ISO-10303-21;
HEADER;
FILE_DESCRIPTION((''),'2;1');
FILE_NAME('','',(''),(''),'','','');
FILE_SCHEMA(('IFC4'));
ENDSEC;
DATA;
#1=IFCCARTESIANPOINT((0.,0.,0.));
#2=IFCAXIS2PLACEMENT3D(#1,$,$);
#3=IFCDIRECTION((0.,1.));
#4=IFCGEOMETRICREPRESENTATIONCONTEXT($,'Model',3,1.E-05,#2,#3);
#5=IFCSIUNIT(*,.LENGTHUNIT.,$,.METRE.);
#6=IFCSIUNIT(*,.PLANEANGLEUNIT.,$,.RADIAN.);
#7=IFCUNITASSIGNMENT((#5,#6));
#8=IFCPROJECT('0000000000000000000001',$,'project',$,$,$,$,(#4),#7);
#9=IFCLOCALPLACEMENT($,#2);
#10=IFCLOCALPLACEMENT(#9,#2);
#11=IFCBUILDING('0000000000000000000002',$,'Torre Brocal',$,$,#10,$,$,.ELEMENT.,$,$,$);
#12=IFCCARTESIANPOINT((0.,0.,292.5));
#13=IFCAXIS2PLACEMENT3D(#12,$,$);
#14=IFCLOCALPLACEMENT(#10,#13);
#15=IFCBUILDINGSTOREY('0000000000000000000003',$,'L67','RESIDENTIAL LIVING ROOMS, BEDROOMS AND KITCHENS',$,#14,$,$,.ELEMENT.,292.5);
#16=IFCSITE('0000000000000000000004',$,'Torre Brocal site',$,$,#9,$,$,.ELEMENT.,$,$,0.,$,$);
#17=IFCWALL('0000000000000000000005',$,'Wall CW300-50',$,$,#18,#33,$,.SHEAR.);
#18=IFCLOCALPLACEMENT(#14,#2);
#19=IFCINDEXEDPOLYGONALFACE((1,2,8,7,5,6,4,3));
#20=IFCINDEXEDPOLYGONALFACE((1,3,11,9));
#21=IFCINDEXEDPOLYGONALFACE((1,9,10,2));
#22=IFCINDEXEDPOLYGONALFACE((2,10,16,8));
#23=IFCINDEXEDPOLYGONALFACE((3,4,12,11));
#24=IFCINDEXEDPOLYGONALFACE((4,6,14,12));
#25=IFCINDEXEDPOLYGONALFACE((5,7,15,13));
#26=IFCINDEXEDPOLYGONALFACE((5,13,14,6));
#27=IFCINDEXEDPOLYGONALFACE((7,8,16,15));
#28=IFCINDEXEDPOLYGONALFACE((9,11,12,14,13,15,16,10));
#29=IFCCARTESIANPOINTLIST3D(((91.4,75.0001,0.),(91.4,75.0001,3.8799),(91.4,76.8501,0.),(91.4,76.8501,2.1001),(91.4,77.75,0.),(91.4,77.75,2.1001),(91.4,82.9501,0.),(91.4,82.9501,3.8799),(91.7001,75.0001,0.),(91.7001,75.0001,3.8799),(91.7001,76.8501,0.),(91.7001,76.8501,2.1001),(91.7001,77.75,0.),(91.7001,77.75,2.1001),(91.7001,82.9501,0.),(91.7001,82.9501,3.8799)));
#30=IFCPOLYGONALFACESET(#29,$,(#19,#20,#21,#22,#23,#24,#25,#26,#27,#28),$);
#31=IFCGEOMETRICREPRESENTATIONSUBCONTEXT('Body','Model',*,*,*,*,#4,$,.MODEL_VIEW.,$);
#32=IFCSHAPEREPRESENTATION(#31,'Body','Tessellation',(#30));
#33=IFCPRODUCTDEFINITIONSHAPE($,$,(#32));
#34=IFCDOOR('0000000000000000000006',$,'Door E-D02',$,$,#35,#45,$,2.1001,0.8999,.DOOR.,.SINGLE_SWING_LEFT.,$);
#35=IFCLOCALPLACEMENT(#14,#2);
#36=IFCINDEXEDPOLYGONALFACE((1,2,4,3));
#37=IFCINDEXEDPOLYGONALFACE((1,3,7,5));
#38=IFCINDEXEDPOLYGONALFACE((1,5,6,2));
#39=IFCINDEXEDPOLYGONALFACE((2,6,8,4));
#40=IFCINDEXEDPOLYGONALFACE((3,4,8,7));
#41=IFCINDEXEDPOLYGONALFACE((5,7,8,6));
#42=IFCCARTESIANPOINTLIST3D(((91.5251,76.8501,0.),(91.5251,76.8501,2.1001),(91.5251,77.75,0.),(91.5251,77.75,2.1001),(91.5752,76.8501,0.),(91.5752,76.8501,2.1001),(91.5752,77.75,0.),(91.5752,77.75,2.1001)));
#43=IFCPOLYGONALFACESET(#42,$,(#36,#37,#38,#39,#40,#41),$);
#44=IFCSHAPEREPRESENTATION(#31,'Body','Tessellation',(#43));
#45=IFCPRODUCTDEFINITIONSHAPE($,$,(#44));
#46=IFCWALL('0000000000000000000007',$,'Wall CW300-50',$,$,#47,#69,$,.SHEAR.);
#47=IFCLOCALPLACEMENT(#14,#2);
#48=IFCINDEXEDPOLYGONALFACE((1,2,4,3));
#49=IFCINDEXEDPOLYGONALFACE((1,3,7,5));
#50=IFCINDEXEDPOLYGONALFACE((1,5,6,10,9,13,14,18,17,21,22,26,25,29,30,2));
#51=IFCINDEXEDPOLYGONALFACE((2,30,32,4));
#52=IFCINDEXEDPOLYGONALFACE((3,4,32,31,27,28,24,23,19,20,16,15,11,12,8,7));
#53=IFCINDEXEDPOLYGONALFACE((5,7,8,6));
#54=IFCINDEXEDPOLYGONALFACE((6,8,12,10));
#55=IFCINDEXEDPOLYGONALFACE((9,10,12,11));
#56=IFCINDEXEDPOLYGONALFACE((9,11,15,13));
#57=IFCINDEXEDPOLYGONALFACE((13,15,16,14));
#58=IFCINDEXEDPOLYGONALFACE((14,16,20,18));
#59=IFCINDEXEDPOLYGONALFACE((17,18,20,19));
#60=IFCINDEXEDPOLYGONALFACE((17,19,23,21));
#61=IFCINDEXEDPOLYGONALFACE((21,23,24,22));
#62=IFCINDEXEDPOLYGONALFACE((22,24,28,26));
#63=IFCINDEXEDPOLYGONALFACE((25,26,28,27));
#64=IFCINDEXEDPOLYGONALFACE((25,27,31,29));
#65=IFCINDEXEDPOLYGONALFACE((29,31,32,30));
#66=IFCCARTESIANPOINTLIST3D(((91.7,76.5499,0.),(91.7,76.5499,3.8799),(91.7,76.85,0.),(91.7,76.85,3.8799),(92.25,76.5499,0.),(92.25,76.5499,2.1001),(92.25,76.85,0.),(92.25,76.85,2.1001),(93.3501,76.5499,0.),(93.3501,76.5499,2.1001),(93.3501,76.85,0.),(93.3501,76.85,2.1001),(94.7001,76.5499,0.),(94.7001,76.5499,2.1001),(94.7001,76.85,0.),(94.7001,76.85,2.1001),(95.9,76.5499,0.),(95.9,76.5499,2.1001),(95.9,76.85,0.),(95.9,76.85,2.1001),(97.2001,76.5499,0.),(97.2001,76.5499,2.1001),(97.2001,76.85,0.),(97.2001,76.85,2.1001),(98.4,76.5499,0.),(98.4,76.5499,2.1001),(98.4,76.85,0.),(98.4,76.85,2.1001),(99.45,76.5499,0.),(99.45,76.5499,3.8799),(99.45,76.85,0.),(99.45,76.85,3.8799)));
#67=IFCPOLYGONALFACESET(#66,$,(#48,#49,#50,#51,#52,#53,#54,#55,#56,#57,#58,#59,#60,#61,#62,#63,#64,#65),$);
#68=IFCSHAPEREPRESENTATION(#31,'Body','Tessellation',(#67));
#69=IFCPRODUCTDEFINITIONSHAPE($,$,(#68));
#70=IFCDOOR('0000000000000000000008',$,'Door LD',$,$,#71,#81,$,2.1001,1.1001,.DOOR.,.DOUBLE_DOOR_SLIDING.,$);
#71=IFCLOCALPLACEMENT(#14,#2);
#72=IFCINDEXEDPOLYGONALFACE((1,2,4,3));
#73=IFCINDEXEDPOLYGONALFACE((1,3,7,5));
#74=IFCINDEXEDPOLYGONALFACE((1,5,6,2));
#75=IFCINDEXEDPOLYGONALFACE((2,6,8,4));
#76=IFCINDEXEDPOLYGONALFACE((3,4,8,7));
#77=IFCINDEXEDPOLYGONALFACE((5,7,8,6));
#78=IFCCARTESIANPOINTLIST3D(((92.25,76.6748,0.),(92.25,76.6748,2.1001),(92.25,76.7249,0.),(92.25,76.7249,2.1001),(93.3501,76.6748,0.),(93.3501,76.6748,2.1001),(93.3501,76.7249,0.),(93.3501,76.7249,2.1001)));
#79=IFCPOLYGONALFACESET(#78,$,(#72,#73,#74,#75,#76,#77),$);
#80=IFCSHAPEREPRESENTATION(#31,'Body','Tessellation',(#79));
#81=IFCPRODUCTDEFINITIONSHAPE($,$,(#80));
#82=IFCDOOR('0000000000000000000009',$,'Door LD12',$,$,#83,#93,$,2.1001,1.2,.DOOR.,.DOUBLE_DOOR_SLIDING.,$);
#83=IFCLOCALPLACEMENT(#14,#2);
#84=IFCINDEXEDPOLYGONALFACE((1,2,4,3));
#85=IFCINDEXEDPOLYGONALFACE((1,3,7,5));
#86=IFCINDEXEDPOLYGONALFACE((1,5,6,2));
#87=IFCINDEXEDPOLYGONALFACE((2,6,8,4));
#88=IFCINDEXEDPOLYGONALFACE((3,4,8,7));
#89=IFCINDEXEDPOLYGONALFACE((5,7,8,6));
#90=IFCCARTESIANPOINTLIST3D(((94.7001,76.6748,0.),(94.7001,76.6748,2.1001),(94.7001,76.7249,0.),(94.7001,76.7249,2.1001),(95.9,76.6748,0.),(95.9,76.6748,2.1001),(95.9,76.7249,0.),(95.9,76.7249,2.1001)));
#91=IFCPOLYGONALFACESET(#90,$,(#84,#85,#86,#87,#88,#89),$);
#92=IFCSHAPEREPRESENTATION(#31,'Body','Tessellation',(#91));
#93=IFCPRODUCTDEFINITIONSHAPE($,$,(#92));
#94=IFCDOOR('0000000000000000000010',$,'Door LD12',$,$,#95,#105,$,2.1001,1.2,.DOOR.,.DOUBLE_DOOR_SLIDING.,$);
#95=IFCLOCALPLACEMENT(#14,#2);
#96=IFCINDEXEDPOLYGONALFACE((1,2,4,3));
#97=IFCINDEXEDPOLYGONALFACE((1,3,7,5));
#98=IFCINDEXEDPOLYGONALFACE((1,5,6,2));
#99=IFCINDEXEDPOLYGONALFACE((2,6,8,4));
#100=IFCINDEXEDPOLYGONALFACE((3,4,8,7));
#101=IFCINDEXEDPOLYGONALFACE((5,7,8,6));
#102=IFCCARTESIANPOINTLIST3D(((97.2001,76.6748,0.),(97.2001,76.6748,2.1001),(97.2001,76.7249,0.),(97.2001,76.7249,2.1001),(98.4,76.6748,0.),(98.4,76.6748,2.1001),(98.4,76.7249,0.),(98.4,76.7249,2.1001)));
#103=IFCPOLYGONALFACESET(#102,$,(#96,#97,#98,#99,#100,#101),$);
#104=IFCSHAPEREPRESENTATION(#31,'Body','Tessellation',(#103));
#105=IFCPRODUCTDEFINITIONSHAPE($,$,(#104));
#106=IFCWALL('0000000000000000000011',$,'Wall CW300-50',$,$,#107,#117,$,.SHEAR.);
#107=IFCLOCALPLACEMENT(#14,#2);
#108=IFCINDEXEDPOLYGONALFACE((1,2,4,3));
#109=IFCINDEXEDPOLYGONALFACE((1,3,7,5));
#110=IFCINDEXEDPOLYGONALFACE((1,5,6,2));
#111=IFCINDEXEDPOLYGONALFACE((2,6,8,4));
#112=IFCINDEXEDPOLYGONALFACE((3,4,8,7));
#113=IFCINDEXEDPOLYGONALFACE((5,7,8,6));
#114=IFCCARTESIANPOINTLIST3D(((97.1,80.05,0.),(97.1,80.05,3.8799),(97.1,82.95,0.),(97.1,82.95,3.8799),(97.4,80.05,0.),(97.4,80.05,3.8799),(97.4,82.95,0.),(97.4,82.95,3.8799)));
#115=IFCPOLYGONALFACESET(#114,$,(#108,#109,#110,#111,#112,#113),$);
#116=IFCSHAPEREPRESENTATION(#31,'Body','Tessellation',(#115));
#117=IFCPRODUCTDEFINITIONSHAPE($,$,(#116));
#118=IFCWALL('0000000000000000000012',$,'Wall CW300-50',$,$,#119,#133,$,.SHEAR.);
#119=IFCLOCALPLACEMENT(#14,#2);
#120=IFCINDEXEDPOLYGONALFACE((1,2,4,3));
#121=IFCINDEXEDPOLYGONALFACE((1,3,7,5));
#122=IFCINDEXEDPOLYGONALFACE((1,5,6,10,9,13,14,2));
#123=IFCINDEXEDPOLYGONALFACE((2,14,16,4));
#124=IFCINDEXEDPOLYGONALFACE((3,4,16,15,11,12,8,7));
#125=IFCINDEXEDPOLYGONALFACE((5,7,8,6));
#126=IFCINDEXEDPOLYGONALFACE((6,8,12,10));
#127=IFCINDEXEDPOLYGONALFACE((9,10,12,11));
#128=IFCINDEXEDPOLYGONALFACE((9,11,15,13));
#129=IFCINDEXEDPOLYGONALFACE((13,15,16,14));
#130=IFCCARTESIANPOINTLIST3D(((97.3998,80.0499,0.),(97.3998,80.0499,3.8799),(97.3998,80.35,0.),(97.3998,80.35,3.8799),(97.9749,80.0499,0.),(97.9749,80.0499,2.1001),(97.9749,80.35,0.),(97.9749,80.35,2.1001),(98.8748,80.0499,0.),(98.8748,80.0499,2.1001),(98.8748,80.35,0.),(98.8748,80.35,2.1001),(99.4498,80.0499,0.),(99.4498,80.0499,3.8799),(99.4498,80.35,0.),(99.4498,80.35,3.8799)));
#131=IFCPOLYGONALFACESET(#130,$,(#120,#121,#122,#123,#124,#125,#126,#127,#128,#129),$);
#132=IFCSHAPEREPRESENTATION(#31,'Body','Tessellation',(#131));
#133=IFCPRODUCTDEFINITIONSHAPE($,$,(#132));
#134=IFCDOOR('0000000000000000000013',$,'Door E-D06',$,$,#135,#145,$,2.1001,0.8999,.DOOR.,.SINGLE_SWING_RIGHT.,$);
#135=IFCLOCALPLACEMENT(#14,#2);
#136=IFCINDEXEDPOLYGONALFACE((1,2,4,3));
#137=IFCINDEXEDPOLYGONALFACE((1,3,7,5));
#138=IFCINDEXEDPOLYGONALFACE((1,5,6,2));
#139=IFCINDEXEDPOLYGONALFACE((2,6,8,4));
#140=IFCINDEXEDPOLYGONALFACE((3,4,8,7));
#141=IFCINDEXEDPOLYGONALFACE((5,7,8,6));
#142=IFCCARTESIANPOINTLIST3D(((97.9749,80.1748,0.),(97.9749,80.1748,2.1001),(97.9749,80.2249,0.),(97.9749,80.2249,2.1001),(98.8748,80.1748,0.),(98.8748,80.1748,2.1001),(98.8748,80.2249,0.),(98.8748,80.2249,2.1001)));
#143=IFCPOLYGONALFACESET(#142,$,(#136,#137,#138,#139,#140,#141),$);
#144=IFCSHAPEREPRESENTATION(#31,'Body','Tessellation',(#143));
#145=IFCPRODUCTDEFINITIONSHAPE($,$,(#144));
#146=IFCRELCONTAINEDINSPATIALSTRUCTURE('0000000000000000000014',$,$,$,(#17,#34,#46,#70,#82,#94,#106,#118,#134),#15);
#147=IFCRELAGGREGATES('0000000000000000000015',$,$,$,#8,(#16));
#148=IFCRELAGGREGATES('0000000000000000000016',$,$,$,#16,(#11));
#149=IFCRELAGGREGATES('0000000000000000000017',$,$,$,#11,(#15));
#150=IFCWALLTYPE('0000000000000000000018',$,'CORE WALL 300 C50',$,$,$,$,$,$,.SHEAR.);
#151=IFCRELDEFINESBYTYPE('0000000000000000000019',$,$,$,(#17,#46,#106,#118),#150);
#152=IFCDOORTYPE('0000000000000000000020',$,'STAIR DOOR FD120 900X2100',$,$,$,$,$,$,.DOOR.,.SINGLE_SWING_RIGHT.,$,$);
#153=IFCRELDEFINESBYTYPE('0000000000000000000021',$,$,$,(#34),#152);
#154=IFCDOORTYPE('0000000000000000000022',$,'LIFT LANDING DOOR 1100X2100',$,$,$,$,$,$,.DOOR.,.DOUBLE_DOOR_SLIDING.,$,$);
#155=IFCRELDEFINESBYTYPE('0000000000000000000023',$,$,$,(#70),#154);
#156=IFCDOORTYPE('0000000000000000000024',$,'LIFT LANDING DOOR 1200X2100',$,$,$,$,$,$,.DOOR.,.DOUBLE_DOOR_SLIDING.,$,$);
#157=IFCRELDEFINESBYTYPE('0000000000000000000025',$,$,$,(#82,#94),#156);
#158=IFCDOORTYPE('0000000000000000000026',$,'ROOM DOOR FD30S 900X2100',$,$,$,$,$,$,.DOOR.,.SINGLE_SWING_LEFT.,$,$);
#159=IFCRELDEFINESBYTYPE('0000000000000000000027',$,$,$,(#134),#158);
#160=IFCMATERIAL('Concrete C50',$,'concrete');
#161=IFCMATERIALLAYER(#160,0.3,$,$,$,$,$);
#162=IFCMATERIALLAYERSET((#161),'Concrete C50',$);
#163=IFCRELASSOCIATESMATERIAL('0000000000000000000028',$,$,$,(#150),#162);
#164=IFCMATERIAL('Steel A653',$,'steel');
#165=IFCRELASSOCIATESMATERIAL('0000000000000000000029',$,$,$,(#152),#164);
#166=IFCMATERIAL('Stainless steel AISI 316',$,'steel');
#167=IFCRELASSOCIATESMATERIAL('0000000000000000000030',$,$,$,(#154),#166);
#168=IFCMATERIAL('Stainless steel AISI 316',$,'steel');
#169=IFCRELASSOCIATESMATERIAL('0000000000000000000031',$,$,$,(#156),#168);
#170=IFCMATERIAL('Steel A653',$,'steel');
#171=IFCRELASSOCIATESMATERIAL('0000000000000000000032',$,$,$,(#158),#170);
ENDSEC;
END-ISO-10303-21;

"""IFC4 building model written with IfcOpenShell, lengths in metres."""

from ifc_helpers import new_model, si_unit, direction, frame, frame_2d, origin, place, context, subcontext, project, spatial, rectangle, extrude, material, layer, layer_set, type_object, element, fill, save


model = new_model("IFC4")

# Units and contexts
model_context = context("Model", 3, precision=1e-05, world=origin(), true_north=direction((0.0, 1.0)))
body_context = subcontext(model_context, "Body", "Model", "MODEL_VIEW")
ifc_project = project(units=[si_unit("LENGTHUNIT", "METRE"), si_unit("PLANEANGLEUNIT", "RADIAN")], contexts=[model_context])

# Site, building, storey
site_placement = place(None, origin())
site = spatial("IfcSite", under=ifc_project, at=site_placement, Name="Torre Brocal site", CompositionType="ELEMENT", RefElevation=0.0)
building_placement = place(site_placement, origin())
building = spatial("IfcBuilding", under=site, at=building_placement, Name="Torre Brocal", CompositionType="ELEMENT")
storey_placement = place(building_placement, frame((0.0, 0.0, 292.5)))
storey = spatial("IfcBuildingStorey", under=building, at=storey_placement, Name="L67", Description="RESIDENTIAL LIVING ROOMS, BEDROOMS AND KITCHENS", CompositionType="ELEMENT", Elevation=292.5)

# Wall, opening, door
ifc_material_1 = material(Name="Concrete C50", Category="concrete")
ifc_layer_1 = layer(ifc_material_1, 0.3)
ifc_layer_set_1 = layer_set([ifc_layer_1], Name="Concrete C50")
wall_type_1 = type_object("IfcWallType", Name="CORE WALL 300 C50", PredefinedType="SHEAR", material=ifc_layer_set_1)
wall_1_placement = place(storey_placement, frame((91.55, 75.0, 0.0), z_axis=(0.0, 0.0, 1.0), x_axis=(0.0, 1.0, 0.0)))
wall_1 = element("IfcWall", 1, at=wall_1_placement, inside=storey, type_object=wall_type_1, Name="Wall CW300-50", PredefinedType="SHEAR", context=body_context, shape_type="SweptSolid", body=[
    extrude(rectangle(XDim=7.95, YDim=0.3, at=frame_2d((3.9751, 0.0))), origin(), (0.0, 0.0, 1.0), 3.8799),
])
opening_1_placement = place(wall_1_placement, frame((1.8501, 0.0, 0.0)))
opening_1 = element("IfcOpeningElement", 2, at=opening_1_placement, cuts=wall_1, PredefinedType="OPENING", context=body_context, shape_type="SweptSolid", body=[
    extrude(rectangle(XDim=0.8999, YDim=2.1001, at=frame_2d((0.45, 1.05))), frame((0.0, 0.1599, 0.0), z_axis=(0.0, -1.0, 0.0), x_axis=(1.0, 0.0, 0.0)), (0.0, 0.0, 1.0), 0.3201),
])
ifc_material_2 = material(Name="Steel A653", Category="steel")
door_type_1 = type_object("IfcDoorType", Name="STAIR DOOR FD120 900X2100", OperationType="SINGLE_SWING_RIGHT", PredefinedType="DOOR", material=ifc_material_2)
door_1_placement = place(opening_1_placement, origin())
door_1 = element("IfcDoor", 3, at=door_1_placement, inside=storey, type_object=door_type_1, Name="Door E-D02", OperationType="SINGLE_SWING_LEFT", OverallHeight=2.1001, OverallWidth=0.8999, PredefinedType="DOOR", context=body_context, shape_type="SweptSolid", body=[
    extrude(rectangle(XDim=0.8999, YDim=2.1001, at=frame_2d((0.45, 1.05))), frame((0.0, 0.0249, 0.0), z_axis=(0.0, -1.0, 0.0), x_axis=(1.0, 0.0, 0.0)), (0.0, 0.0, 1.0), 0.05),
])
fill(opening_1, door_1)

# Wall, openings, doors
wall_2_placement = place(storey_placement, frame((91.7, 76.7, 0.0), z_axis=(0.0, 0.0, 1.0), x_axis=(1.0, 0.0, 0.0)))
wall_2 = element("IfcWall", 4, at=wall_2_placement, inside=storey, type_object=wall_type_1, Name="Wall CW300-50", PredefinedType="SHEAR", context=body_context, shape_type="SweptSolid", body=[
    extrude(rectangle(XDim=7.75, YDim=0.3, at=frame_2d((3.875, 0.0))), origin(), (0.0, 0.0, 1.0), 3.8799),
])
opening_2_placement = place(wall_2_placement, frame((0.55, 0.0, 0.0)))
opening_2 = element("IfcOpeningElement", 5, at=opening_2_placement, cuts=wall_2, PredefinedType="OPENING", context=body_context, shape_type="SweptSolid", body=[
    extrude(rectangle(XDim=1.1001, YDim=2.1001, at=frame_2d((0.55, 1.05))), frame((0.0, 0.1599, 0.0), z_axis=(0.0, -1.0, 0.0), x_axis=(1.0, 0.0, 0.0)), (0.0, 0.0, 1.0), 0.3201),
])
opening_3_placement = place(wall_2_placement, frame((3.0, 0.0, 0.0)))
opening_3 = element("IfcOpeningElement", 6, at=opening_3_placement, cuts=wall_2, PredefinedType="OPENING", context=body_context, shape_type="SweptSolid", body=[
    extrude(rectangle(XDim=1.2, YDim=2.1001, at=frame_2d((0.6001, 1.05))), frame((0.0, 0.1599, 0.0), z_axis=(0.0, -1.0, 0.0), x_axis=(1.0, 0.0, 0.0)), (0.0, 0.0, 1.0), 0.3201),
])
opening_4_placement = place(wall_2_placement, frame((5.5, 0.0, 0.0)))
opening_4 = element("IfcOpeningElement", 7, at=opening_4_placement, cuts=wall_2, PredefinedType="OPENING", context=body_context, shape_type="SweptSolid", body=[
    extrude(rectangle(XDim=1.2, YDim=2.1001, at=frame_2d((0.6001, 1.05))), frame((0.0, 0.1599, 0.0), z_axis=(0.0, -1.0, 0.0), x_axis=(1.0, 0.0, 0.0)), (0.0, 0.0, 1.0), 0.3201),
])
ifc_material_3 = material(Name="Stainless steel AISI 316", Category="steel")
door_type_2 = type_object("IfcDoorType", Name="LIFT LANDING DOOR 1100X2100", OperationType="DOUBLE_DOOR_SLIDING", PredefinedType="DOOR", material=ifc_material_3)
door_2_placement = place(opening_2_placement, origin())
door_2 = element("IfcDoor", 8, at=door_2_placement, inside=storey, type_object=door_type_2, Name="Door LD", OperationType="DOUBLE_DOOR_SLIDING", OverallHeight=2.1001, OverallWidth=1.1001, PredefinedType="DOOR", context=body_context, shape_type="SweptSolid", body=[
    extrude(rectangle(XDim=1.1001, YDim=2.1001, at=frame_2d((0.55, 1.05))), frame((0.0, 0.0249, 0.0), z_axis=(0.0, -1.0, 0.0), x_axis=(1.0, 0.0, 0.0)), (0.0, 0.0, 1.0), 0.05),
])
fill(opening_2, door_2)
ifc_material_4 = material(Name="Stainless steel AISI 316", Category="steel")
door_type_3 = type_object("IfcDoorType", Name="LIFT LANDING DOOR 1200X2100", OperationType="DOUBLE_DOOR_SLIDING", PredefinedType="DOOR", material=ifc_material_4)
door_3_placement = place(opening_3_placement, origin())
door_3 = element("IfcDoor", 9, at=door_3_placement, inside=storey, type_object=door_type_3, Name="Door LD12", OperationType="DOUBLE_DOOR_SLIDING", OverallHeight=2.1001, OverallWidth=1.2, PredefinedType="DOOR", context=body_context, shape_type="SweptSolid", body=[
    extrude(rectangle(XDim=1.2, YDim=2.1001, at=frame_2d((0.6001, 1.05))), frame((0.0, 0.0249, 0.0), z_axis=(0.0, -1.0, 0.0), x_axis=(1.0, 0.0, 0.0)), (0.0, 0.0, 1.0), 0.05),
])
fill(opening_3, door_3)
door_4_placement = place(opening_4_placement, origin())
door_4 = element("IfcDoor", 10, at=door_4_placement, inside=storey, type_object=door_type_3, Name="Door LD12", OperationType="DOUBLE_DOOR_SLIDING", OverallHeight=2.1001, OverallWidth=1.2, PredefinedType="DOOR", context=body_context, shape_type="SweptSolid", body=[
    extrude(rectangle(XDim=1.2, YDim=2.1001, at=frame_2d((0.6001, 1.05))), frame((0.0, 0.0249, 0.0), z_axis=(0.0, -1.0, 0.0), x_axis=(1.0, 0.0, 0.0)), (0.0, 0.0, 1.0), 0.05),
])
fill(opening_4, door_4)

# Wall
wall_3_placement = place(storey_placement, frame((97.25, 80.05, 0.0), z_axis=(0.0, 0.0, 1.0), x_axis=(0.0, 1.0, 0.0)))
element("IfcWall", 11, at=wall_3_placement, inside=storey, type_object=wall_type_1, Name="Wall CW300-50", PredefinedType="SHEAR", context=body_context, shape_type="SweptSolid", body=[
    extrude(rectangle(XDim=2.8999, YDim=0.3, at=frame_2d((1.45, 0.0))), origin(), (0.0, 0.0, 1.0), 3.8799),
])

# Wall, opening, door
wall_4_placement = place(storey_placement, frame((97.3999, 80.2, 0.0), z_axis=(0.0, 0.0, 1.0), x_axis=(1.0, 0.0, 0.0)))
wall_4 = element("IfcWall", 12, at=wall_4_placement, inside=storey, type_object=wall_type_1, Name="Wall CW300-50", PredefinedType="SHEAR", context=body_context, shape_type="SweptSolid", body=[
    extrude(rectangle(XDim=2.05, YDim=0.3, at=frame_2d((1.0249, 0.0))), origin(), (0.0, 0.0, 1.0), 3.8799),
])
opening_5_placement = place(wall_4_placement, frame((0.575, 0.0, 0.0)))
opening_5 = element("IfcOpeningElement", 13, at=opening_5_placement, cuts=wall_4, PredefinedType="OPENING", context=body_context, shape_type="SweptSolid", body=[
    extrude(rectangle(XDim=0.8999, YDim=2.1001, at=frame_2d((0.45, 1.05))), frame((0.0, 0.1599, 0.0), z_axis=(0.0, -1.0, 0.0), x_axis=(1.0, 0.0, 0.0)), (0.0, 0.0, 1.0), 0.3201),
])
ifc_material_5 = material(Name="Steel A653", Category="steel")
door_type_4 = type_object("IfcDoorType", Name="ROOM DOOR FD30S 900X2100", OperationType="SINGLE_SWING_LEFT", PredefinedType="DOOR", material=ifc_material_5)
door_5_placement = place(opening_5_placement, origin())
door_5 = element("IfcDoor", 14, at=door_5_placement, inside=storey, type_object=door_type_4, Name="Door E-D06", OperationType="SINGLE_SWING_RIGHT", OverallHeight=2.1001, OverallWidth=0.8999, PredefinedType="DOOR", context=body_context, shape_type="SweptSolid", body=[
    extrude(rectangle(XDim=0.8999, YDim=2.1001, at=frame_2d((0.45, 1.05))), frame((0.0, 0.0249, 0.0), z_axis=(0.0, -1.0, 0.0), x_axis=(1.0, 0.0, 0.0)), (0.0, 0.0, 1.0), 0.05),
])
fill(opening_5, door_5)

save(model, "model.ifc")
